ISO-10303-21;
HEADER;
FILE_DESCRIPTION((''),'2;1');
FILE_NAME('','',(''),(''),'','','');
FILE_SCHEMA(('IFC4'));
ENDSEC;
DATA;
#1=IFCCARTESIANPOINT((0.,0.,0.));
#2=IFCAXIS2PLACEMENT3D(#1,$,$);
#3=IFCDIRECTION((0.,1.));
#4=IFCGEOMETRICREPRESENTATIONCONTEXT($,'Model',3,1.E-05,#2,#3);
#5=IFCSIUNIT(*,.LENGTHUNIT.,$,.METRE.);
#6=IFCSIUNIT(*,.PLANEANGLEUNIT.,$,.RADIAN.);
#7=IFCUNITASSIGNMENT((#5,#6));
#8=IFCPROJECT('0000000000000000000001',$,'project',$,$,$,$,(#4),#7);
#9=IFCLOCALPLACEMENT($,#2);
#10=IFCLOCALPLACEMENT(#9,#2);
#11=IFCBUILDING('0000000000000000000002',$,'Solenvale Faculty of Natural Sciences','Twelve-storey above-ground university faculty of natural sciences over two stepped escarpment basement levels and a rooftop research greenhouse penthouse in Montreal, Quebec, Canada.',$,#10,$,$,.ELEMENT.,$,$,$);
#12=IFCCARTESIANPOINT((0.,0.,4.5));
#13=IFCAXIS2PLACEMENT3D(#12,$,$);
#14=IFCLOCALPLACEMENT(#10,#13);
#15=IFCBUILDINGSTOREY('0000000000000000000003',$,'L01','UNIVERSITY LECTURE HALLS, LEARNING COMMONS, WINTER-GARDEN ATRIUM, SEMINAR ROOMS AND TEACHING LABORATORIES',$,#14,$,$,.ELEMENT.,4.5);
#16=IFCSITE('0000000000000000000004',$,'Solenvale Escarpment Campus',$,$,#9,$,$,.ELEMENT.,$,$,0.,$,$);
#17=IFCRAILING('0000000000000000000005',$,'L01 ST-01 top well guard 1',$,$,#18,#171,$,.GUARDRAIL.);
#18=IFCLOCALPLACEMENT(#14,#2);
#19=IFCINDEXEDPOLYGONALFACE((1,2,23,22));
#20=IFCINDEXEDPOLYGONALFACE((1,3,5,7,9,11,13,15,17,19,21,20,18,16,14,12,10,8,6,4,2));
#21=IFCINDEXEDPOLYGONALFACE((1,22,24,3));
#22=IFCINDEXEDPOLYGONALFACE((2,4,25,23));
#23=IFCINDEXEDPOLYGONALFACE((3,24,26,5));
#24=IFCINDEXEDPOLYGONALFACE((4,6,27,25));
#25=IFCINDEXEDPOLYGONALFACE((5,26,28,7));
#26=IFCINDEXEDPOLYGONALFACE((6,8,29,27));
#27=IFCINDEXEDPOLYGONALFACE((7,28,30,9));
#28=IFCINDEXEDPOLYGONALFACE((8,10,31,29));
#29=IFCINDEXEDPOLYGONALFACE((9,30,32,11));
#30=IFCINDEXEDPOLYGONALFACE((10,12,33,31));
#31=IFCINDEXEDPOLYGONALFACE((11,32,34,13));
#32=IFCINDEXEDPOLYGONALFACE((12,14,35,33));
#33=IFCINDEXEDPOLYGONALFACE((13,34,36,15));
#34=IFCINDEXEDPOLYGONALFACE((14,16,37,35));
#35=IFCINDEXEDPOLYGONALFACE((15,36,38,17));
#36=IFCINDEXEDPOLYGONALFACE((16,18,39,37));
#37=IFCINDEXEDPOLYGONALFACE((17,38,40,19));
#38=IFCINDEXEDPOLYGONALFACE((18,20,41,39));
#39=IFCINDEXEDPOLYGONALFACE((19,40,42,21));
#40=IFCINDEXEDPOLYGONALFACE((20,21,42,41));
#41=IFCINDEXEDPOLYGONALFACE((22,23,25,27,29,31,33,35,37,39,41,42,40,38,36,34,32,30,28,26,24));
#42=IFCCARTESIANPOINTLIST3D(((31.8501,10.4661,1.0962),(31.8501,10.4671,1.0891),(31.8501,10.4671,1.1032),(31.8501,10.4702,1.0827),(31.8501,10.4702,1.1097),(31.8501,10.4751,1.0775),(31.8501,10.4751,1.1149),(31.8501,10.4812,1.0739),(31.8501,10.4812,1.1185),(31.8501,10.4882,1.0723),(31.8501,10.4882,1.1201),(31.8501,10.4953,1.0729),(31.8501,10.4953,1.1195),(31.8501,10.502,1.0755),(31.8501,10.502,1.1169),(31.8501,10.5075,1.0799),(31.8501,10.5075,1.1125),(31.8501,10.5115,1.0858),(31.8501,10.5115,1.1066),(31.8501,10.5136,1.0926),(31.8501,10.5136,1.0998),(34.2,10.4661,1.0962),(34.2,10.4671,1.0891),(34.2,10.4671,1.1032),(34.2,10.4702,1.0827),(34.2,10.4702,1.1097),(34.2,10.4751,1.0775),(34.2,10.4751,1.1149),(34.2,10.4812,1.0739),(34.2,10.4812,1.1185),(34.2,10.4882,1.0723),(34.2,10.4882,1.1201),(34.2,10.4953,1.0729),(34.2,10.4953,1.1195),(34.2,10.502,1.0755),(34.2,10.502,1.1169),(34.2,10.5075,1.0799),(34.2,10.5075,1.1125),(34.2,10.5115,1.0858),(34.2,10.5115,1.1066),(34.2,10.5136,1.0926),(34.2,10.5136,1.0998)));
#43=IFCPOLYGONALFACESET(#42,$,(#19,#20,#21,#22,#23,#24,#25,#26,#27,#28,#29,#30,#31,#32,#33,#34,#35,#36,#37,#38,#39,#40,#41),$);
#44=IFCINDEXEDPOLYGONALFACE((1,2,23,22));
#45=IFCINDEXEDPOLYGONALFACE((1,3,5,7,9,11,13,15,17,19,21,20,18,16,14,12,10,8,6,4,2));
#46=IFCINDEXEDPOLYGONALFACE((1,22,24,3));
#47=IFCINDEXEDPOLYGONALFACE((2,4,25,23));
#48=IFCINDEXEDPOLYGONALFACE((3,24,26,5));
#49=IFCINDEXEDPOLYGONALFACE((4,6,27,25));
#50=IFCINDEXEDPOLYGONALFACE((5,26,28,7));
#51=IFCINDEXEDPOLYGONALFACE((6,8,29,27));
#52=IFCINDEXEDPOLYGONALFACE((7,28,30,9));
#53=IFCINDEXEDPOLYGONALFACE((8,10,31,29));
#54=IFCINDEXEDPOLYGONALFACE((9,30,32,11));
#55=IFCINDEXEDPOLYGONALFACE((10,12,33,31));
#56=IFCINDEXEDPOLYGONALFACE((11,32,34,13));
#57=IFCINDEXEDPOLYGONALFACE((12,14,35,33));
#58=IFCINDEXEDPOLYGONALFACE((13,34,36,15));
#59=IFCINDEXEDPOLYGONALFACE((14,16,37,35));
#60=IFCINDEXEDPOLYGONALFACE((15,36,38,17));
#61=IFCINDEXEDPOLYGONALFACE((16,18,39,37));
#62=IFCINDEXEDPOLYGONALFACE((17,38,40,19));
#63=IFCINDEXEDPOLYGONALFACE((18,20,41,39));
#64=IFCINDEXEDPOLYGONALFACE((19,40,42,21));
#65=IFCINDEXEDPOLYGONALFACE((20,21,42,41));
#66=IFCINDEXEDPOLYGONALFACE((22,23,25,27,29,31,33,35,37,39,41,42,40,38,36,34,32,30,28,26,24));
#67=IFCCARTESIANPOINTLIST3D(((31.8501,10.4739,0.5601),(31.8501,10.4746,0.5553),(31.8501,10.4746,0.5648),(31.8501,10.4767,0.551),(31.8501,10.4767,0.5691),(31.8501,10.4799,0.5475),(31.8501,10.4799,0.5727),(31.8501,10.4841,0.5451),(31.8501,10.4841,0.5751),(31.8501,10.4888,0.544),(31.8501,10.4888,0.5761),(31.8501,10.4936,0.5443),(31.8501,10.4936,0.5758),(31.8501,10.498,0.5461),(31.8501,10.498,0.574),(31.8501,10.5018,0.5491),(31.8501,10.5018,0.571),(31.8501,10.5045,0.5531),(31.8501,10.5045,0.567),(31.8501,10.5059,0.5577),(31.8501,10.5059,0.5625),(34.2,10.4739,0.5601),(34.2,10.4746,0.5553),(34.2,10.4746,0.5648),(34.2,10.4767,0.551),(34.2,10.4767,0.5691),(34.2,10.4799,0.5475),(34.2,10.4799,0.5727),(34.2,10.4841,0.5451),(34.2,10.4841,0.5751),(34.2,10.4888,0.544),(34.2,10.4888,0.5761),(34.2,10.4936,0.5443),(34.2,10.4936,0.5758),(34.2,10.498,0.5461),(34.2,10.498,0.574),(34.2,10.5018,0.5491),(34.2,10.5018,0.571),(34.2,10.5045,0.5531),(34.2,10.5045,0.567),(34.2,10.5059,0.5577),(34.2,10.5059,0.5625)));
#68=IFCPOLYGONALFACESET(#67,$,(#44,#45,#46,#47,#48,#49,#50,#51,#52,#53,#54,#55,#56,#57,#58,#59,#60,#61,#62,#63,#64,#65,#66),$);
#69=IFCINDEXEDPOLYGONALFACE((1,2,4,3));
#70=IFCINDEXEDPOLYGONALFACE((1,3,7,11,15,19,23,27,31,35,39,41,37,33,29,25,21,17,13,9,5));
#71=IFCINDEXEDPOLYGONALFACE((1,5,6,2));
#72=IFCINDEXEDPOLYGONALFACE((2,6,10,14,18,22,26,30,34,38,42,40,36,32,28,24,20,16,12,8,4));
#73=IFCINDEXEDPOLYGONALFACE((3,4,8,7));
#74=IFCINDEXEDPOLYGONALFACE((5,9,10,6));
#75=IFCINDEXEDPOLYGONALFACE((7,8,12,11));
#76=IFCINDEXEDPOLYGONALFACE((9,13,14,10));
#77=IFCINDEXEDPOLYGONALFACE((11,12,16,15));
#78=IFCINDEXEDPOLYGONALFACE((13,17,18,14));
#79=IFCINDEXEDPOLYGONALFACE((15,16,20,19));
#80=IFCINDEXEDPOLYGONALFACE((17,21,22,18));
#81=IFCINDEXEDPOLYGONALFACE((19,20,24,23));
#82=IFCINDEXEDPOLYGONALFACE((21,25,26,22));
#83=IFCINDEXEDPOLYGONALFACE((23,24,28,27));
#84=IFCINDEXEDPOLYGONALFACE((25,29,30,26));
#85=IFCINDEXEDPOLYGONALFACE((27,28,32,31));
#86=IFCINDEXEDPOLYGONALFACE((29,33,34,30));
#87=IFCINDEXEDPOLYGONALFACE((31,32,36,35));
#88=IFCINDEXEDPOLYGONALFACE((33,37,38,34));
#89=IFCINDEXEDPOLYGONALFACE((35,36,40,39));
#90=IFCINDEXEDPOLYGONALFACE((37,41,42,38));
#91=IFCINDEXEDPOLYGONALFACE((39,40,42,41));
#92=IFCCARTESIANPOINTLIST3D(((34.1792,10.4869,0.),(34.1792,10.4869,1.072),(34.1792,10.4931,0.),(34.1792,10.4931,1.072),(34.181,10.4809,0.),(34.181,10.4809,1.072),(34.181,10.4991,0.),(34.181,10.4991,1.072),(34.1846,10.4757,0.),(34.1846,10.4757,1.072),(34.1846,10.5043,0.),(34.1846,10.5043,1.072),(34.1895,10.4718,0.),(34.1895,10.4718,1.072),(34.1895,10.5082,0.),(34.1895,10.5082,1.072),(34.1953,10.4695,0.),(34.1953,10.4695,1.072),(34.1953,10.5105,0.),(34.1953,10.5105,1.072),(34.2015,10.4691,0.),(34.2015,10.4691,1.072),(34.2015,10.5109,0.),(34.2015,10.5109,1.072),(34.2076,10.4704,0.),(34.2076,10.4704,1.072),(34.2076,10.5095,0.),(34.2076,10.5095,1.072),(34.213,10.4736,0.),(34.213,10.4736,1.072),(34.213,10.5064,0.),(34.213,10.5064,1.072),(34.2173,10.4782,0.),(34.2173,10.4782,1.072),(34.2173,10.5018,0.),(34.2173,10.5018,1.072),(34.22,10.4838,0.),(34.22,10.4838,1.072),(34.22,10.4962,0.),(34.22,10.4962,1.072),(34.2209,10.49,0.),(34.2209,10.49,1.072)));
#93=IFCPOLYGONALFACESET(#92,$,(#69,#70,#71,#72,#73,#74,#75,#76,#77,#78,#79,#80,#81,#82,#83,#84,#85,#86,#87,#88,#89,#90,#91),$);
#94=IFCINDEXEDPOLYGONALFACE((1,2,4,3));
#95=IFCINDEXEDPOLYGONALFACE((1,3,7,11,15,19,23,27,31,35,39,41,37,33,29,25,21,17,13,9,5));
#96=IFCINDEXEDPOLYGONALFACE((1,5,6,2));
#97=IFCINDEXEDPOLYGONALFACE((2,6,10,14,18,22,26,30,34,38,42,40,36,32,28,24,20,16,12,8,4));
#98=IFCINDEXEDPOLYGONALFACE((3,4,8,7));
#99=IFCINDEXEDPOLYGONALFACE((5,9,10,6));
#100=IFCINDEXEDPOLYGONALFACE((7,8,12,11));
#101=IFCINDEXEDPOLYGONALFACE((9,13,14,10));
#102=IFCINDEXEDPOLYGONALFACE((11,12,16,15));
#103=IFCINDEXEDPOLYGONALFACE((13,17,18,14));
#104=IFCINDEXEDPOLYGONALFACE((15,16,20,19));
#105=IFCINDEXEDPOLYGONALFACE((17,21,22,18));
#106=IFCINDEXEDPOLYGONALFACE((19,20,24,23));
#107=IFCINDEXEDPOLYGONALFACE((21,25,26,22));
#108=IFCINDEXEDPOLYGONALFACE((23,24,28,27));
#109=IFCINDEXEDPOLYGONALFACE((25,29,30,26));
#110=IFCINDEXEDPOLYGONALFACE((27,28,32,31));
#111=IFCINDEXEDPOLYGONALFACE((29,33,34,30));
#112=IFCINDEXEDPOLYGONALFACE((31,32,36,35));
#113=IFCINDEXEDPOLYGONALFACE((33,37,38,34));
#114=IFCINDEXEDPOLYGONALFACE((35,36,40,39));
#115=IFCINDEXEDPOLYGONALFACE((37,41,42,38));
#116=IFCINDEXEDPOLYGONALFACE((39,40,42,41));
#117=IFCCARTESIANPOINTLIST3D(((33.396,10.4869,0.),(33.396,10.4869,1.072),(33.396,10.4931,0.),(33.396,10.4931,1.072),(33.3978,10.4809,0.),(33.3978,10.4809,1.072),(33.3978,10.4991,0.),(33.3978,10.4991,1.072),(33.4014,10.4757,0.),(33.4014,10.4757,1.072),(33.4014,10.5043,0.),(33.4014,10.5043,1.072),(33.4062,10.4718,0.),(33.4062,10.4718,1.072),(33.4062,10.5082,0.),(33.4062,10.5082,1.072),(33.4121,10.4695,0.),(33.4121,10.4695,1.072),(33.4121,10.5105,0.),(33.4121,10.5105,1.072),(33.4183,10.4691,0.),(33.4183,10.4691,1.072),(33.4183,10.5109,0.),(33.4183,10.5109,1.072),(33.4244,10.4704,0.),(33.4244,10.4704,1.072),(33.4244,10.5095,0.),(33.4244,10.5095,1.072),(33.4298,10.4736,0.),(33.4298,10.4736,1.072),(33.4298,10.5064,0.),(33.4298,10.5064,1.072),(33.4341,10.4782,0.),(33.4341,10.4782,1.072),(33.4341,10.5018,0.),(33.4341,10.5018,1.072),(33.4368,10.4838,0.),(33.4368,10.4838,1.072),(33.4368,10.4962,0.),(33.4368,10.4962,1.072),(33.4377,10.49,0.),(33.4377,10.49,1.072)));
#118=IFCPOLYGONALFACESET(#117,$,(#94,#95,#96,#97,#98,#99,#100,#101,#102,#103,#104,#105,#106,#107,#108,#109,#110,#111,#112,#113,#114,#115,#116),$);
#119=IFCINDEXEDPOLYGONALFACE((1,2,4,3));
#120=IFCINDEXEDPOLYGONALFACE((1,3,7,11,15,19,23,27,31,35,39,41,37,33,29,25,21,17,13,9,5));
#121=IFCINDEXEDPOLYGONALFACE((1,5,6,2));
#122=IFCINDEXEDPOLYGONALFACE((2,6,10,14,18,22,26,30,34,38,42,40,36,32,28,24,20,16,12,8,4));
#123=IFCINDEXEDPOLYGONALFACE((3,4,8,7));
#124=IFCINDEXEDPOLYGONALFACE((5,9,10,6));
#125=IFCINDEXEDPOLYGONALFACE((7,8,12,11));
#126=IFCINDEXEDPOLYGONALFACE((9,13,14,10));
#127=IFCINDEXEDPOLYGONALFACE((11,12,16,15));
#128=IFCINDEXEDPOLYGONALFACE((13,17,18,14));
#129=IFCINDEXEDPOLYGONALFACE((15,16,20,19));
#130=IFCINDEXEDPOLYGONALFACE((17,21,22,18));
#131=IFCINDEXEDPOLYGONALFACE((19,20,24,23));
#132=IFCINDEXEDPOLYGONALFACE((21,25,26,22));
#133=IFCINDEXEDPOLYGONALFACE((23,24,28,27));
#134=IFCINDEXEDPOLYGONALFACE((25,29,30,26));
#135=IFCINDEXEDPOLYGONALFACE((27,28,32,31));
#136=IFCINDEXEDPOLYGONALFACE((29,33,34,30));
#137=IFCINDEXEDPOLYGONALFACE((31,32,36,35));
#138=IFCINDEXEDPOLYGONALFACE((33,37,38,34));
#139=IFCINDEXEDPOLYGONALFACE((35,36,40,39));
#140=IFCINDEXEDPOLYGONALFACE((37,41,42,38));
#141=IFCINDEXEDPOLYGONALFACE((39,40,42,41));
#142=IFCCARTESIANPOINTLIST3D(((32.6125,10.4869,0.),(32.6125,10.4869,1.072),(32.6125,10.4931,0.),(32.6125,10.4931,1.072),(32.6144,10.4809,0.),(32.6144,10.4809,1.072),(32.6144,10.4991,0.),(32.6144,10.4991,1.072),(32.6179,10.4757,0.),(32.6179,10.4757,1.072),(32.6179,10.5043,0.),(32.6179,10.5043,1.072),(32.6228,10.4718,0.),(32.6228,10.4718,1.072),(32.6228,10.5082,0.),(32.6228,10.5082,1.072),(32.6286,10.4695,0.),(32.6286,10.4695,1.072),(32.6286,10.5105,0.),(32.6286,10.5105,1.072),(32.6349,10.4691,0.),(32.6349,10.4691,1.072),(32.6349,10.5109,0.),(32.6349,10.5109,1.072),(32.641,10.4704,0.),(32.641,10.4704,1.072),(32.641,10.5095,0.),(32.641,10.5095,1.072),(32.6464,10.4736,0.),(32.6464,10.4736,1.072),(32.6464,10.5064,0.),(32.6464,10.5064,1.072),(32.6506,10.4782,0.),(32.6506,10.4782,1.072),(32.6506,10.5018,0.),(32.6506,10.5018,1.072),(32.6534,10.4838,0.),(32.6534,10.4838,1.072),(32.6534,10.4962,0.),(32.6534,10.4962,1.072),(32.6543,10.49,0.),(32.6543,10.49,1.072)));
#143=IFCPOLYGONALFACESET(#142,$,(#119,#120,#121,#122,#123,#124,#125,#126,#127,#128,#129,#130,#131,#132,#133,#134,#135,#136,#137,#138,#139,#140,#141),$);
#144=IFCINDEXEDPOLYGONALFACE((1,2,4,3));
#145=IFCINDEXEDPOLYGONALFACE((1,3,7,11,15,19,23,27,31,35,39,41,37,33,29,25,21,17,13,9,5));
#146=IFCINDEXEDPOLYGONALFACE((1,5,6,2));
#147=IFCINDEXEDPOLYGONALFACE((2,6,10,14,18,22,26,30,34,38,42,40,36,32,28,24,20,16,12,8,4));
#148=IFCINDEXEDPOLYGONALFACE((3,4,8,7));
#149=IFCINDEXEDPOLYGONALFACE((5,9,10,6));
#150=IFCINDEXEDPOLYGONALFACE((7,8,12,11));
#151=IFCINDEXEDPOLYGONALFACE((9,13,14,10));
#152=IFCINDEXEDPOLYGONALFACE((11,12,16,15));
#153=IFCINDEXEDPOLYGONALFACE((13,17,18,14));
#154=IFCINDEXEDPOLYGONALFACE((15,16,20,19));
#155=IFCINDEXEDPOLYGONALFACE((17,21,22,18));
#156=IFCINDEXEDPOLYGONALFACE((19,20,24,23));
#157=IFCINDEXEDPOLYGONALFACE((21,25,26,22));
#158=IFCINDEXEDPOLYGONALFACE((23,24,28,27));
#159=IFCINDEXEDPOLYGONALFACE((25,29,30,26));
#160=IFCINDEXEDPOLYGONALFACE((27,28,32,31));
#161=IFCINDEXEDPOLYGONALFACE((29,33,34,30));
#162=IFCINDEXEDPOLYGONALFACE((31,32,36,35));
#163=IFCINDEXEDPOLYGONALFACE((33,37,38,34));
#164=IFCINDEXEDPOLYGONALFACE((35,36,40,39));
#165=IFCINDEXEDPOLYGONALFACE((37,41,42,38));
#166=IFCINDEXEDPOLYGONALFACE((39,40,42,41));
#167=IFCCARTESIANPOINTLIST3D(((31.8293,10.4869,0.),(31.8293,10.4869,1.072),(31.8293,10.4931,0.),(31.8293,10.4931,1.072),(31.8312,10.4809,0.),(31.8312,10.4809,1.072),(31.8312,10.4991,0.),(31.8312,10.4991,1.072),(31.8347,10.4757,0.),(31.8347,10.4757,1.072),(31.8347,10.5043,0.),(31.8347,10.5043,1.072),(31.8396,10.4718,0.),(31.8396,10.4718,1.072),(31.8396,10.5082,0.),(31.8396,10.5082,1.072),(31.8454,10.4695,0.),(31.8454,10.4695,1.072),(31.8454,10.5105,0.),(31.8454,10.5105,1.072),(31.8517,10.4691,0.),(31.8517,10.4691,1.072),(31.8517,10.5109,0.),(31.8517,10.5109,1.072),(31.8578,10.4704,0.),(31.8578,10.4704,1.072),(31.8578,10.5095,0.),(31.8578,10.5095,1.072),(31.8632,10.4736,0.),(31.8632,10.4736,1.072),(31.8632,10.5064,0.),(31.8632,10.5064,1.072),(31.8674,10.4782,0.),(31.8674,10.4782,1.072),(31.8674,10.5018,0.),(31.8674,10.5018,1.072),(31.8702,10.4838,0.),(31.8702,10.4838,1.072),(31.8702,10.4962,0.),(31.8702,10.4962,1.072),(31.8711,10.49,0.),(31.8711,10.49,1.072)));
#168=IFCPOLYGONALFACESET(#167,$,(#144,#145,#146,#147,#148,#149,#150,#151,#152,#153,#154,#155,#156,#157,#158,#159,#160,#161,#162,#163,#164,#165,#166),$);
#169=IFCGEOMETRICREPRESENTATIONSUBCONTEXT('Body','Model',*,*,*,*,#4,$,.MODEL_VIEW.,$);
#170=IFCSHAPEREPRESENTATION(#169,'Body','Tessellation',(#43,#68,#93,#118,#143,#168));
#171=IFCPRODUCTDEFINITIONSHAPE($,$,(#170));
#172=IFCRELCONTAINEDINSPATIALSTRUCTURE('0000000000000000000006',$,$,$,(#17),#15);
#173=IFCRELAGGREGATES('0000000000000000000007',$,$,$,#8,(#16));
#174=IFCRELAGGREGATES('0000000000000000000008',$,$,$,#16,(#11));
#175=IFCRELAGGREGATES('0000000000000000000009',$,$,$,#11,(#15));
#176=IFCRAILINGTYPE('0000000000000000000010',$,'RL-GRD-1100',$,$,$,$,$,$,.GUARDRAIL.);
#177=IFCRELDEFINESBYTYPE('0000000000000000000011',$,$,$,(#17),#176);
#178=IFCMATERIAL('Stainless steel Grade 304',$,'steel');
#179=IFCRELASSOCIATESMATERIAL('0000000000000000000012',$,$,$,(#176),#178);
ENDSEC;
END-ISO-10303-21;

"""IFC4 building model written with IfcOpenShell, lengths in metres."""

from ifc_helpers import new_model, si_unit, direction, frame, origin, origin_2d, place, context, subcontext, project, spatial, circle, extrude, material, type_object, element, save


model = new_model("IFC4")

# Units and contexts
model_context = context("Model", 3, precision=1e-05, world=origin(), true_north=direction((0.0, 1.0)))
body_context = subcontext(model_context, "Body", "Model", "MODEL_VIEW")
ifc_project = project(units=[si_unit("LENGTHUNIT", "METRE"), si_unit("PLANEANGLEUNIT", "RADIAN")], contexts=[model_context])

# Site, building, storey
site_placement = place(None, origin())
site = spatial("IfcSite", under=ifc_project, at=site_placement, Name="Solenvale Escarpment Campus", CompositionType="ELEMENT", RefElevation=0.0)
building_placement = place(site_placement, origin())
building = spatial("IfcBuilding", under=site, at=building_placement, Name="Solenvale Faculty of Natural Sciences", Description="Twelve-storey above-ground university faculty of natural sciences over two stepped escarpment basement levels and a rooftop research greenhouse penthouse in Montreal, Quebec, Canada.", CompositionType="ELEMENT")
storey_placement = place(building_placement, frame((0.0, 0.0, 4.5)))
storey = spatial("IfcBuildingStorey", under=building, at=storey_placement, Name="L01", Description="UNIVERSITY LECTURE HALLS, LEARNING COMMONS, WINTER-GARDEN ATRIUM, SEMINAR ROOMS AND TEACHING LABORATORIES", CompositionType="ELEMENT", Elevation=4.5)

# Shared definitions
ifc_material_1 = material(Name="Stainless steel Grade 304", Category="steel")

# Railing
railing_type = type_object("IfcRailingType", Name="RL-GRD-1100", PredefinedType="GUARDRAIL", material=ifc_material_1)
railing_placement = place(storey_placement, frame((34.2, 10.49, 0.0)))
element("IfcRailing", 1, at=railing_placement, inside=storey, type_object=railing_type, Name="L01 ST-01 top well guard 1", PredefinedType="GUARDRAIL", context=body_context, shape_type="SweptSolid", body=[
    extrude(circle(Radius=0.0239, at=origin_2d()), frame((0.0, 0.0, 1.0962), z_axis=(-1.0, 0.0, 0.0), x_axis=(0.0, -1.0, 0.0)), (0.0, 0.0, 1.0), 2.3499),
    extrude(circle(Radius=0.0161, at=origin_2d()), frame((0.0, 0.0, 0.5601), z_axis=(-1.0, 0.0, 0.0), x_axis=(0.0, -1.0, 0.0)), (0.0, 0.0, 1.0), 2.3499),
    extrude(circle(Radius=0.021, at=origin_2d()), origin(), (0.0, 0.0, 1.0), 1.072),
    extrude(circle(Radius=0.021, at=origin_2d()), frame((-0.7832, 0.0, 0.0)), (0.0, 0.0, 1.0), 1.072),
    extrude(circle(Radius=0.021, at=origin_2d()), frame((-1.5667, 0.0, 0.0)), (0.0, 0.0, 1.0), 1.072),
    extrude(circle(Radius=0.021, at=origin_2d()), frame((-2.3499, 0.0, 0.0)), (0.0, 0.0, 1.0), 1.072),
])

save(model, "model.ifc")
